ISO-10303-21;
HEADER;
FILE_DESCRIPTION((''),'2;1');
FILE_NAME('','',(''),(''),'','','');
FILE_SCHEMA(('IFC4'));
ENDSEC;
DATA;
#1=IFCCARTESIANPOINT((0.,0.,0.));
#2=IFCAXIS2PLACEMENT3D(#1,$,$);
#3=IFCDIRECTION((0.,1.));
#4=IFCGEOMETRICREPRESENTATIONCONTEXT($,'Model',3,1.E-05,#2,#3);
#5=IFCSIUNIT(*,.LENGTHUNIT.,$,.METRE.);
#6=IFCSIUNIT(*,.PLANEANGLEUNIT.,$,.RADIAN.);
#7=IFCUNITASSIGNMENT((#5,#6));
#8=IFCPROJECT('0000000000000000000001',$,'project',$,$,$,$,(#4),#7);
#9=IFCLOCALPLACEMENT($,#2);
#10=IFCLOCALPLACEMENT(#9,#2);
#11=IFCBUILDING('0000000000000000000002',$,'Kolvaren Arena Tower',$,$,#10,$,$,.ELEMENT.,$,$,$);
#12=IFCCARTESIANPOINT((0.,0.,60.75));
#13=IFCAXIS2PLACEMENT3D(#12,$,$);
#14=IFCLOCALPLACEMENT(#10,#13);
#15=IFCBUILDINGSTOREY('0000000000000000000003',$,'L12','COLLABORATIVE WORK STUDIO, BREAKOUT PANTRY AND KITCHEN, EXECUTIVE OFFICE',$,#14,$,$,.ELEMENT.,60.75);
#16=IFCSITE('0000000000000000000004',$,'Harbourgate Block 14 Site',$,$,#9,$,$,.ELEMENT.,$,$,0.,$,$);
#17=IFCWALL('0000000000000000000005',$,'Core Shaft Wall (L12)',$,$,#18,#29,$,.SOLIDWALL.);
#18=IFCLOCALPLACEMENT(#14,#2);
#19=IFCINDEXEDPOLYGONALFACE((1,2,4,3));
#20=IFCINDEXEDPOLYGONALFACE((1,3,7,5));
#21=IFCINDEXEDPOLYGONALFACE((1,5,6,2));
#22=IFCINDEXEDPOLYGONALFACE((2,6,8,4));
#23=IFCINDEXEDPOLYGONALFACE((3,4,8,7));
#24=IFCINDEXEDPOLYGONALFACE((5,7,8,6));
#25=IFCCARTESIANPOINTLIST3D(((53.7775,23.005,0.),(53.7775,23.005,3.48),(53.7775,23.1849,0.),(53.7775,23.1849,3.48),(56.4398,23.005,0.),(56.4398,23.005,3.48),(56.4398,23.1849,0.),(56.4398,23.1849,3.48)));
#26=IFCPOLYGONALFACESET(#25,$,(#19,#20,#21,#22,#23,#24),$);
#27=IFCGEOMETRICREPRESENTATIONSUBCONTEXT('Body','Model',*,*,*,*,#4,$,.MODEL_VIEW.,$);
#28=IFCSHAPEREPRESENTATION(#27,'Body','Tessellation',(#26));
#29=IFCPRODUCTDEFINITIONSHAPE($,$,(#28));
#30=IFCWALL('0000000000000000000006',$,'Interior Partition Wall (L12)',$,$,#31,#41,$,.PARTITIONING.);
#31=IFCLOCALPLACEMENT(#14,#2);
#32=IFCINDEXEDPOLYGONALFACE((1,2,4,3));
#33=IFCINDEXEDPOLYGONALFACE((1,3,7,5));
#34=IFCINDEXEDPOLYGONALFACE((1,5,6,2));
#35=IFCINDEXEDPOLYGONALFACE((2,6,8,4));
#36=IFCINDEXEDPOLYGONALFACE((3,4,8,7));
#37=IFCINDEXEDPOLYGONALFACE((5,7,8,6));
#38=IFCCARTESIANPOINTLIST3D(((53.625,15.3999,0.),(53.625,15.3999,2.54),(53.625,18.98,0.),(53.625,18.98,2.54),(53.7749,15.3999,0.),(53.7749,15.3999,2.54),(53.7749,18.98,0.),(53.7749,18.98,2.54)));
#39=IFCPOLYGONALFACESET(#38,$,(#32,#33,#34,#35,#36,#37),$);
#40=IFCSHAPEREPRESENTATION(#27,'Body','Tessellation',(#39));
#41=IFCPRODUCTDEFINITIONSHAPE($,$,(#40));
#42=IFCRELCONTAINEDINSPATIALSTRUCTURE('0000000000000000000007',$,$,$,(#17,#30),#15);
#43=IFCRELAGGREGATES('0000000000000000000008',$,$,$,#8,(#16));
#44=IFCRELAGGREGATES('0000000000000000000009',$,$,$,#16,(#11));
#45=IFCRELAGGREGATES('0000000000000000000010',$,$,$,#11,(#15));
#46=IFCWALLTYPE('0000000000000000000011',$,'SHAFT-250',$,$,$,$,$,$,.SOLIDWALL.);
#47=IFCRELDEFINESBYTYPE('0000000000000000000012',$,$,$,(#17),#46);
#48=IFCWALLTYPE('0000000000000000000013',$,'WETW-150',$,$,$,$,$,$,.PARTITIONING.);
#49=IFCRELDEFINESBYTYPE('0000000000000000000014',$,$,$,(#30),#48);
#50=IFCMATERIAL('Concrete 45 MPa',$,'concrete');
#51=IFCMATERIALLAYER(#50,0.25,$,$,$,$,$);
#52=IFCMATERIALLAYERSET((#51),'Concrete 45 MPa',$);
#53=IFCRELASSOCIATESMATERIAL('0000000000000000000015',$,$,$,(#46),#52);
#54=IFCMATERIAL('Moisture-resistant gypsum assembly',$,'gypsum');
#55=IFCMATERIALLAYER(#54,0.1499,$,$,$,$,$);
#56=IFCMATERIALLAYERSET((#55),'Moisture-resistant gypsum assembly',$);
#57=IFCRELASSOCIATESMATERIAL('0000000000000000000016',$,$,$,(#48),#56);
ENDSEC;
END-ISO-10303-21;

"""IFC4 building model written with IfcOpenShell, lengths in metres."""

from ifc_helpers import new_model, si_unit, direction, frame, frame_2d, origin, place, context, subcontext, project, spatial, rectangle, extrude, material, layer, layer_set, type_object, element, save


model = new_model("IFC4")

# Units and contexts
model_context = context("Model", 3, precision=1e-05, world=origin(), true_north=direction((0.0, 1.0)))
body_context = subcontext(model_context, "Body", "Model", "MODEL_VIEW")
ifc_project = project(units=[si_unit("LENGTHUNIT", "METRE"), si_unit("PLANEANGLEUNIT", "RADIAN")], contexts=[model_context])

# Site, building, storey
site_placement = place(None, origin())
site = spatial("IfcSite", under=ifc_project, at=site_placement, Name="Harbourgate Block 14 Site", CompositionType="ELEMENT", RefElevation=0.0)
building_placement = place(site_placement, origin())
building = spatial("IfcBuilding", under=site, at=building_placement, Name="Kolvaren Arena Tower", CompositionType="ELEMENT")
storey_placement = place(building_placement, frame((0.0, 0.0, 60.75)))
storey = spatial("IfcBuildingStorey", under=building, at=storey_placement, Name="L12", Description="COLLABORATIVE WORK STUDIO, BREAKOUT PANTRY AND KITCHEN, EXECUTIVE OFFICE", CompositionType="ELEMENT", Elevation=60.75)

# Shared definitions
ifc_material_1 = material(Name="Concrete 45 MPa", Category="concrete")
ifc_layer_1 = layer(ifc_material_1, 0.25)
ifc_layer_set_1 = layer_set([ifc_layer_1], Name="Concrete 45 MPa")
wall_type_1 = type_object("IfcWallType", Name="SHAFT-250", PredefinedType="SOLIDWALL", material=ifc_layer_set_1)

# Walls
wall_1_placement = place(storey_placement, frame((53.7776, 23.095, 0.0), z_axis=(0.0, 0.0, 1.0), x_axis=(1.0, 0.0, 0.0)))
element("IfcWall", 1, at=wall_1_placement, inside=storey, type_object=wall_type_1, Name="Core Shaft Wall (L12)", PredefinedType="SOLIDWALL", context=body_context, shape_type="SweptSolid", body=[
    extrude(rectangle(XDim=2.6624, YDim=0.1799, at=frame_2d((1.3311, 0.0))), origin(), (0.0, 0.0, 1.0), 3.48),
])
ifc_material_2 = material(Name="Moisture-resistant gypsum assembly", Category="gypsum")
ifc_layer_2 = layer(ifc_material_2, 0.1499)
ifc_layer_set_2 = layer_set([ifc_layer_2], Name="Moisture-resistant gypsum assembly")
wall_type_2 = type_object("IfcWallType", Name="WETW-150", PredefinedType="PARTITIONING", material=ifc_layer_set_2)
wall_2_placement = place(storey_placement, frame((53.7, 15.3999, 0.0), z_axis=(0.0, 0.0, 1.0), x_axis=(0.0, 1.0, 0.0)))
element("IfcWall", 2, at=wall_2_placement, inside=storey, type_object=wall_type_2, Name="Interior Partition Wall (L12)", PredefinedType="PARTITIONING", context=body_context, shape_type="SweptSolid", body=[
    extrude(rectangle(XDim=3.5801, YDim=0.1499, at=frame_2d((1.79, 0.0))), origin(), (0.0, 0.0, 1.0), 2.54),
])

save(model, "model.ifc")
